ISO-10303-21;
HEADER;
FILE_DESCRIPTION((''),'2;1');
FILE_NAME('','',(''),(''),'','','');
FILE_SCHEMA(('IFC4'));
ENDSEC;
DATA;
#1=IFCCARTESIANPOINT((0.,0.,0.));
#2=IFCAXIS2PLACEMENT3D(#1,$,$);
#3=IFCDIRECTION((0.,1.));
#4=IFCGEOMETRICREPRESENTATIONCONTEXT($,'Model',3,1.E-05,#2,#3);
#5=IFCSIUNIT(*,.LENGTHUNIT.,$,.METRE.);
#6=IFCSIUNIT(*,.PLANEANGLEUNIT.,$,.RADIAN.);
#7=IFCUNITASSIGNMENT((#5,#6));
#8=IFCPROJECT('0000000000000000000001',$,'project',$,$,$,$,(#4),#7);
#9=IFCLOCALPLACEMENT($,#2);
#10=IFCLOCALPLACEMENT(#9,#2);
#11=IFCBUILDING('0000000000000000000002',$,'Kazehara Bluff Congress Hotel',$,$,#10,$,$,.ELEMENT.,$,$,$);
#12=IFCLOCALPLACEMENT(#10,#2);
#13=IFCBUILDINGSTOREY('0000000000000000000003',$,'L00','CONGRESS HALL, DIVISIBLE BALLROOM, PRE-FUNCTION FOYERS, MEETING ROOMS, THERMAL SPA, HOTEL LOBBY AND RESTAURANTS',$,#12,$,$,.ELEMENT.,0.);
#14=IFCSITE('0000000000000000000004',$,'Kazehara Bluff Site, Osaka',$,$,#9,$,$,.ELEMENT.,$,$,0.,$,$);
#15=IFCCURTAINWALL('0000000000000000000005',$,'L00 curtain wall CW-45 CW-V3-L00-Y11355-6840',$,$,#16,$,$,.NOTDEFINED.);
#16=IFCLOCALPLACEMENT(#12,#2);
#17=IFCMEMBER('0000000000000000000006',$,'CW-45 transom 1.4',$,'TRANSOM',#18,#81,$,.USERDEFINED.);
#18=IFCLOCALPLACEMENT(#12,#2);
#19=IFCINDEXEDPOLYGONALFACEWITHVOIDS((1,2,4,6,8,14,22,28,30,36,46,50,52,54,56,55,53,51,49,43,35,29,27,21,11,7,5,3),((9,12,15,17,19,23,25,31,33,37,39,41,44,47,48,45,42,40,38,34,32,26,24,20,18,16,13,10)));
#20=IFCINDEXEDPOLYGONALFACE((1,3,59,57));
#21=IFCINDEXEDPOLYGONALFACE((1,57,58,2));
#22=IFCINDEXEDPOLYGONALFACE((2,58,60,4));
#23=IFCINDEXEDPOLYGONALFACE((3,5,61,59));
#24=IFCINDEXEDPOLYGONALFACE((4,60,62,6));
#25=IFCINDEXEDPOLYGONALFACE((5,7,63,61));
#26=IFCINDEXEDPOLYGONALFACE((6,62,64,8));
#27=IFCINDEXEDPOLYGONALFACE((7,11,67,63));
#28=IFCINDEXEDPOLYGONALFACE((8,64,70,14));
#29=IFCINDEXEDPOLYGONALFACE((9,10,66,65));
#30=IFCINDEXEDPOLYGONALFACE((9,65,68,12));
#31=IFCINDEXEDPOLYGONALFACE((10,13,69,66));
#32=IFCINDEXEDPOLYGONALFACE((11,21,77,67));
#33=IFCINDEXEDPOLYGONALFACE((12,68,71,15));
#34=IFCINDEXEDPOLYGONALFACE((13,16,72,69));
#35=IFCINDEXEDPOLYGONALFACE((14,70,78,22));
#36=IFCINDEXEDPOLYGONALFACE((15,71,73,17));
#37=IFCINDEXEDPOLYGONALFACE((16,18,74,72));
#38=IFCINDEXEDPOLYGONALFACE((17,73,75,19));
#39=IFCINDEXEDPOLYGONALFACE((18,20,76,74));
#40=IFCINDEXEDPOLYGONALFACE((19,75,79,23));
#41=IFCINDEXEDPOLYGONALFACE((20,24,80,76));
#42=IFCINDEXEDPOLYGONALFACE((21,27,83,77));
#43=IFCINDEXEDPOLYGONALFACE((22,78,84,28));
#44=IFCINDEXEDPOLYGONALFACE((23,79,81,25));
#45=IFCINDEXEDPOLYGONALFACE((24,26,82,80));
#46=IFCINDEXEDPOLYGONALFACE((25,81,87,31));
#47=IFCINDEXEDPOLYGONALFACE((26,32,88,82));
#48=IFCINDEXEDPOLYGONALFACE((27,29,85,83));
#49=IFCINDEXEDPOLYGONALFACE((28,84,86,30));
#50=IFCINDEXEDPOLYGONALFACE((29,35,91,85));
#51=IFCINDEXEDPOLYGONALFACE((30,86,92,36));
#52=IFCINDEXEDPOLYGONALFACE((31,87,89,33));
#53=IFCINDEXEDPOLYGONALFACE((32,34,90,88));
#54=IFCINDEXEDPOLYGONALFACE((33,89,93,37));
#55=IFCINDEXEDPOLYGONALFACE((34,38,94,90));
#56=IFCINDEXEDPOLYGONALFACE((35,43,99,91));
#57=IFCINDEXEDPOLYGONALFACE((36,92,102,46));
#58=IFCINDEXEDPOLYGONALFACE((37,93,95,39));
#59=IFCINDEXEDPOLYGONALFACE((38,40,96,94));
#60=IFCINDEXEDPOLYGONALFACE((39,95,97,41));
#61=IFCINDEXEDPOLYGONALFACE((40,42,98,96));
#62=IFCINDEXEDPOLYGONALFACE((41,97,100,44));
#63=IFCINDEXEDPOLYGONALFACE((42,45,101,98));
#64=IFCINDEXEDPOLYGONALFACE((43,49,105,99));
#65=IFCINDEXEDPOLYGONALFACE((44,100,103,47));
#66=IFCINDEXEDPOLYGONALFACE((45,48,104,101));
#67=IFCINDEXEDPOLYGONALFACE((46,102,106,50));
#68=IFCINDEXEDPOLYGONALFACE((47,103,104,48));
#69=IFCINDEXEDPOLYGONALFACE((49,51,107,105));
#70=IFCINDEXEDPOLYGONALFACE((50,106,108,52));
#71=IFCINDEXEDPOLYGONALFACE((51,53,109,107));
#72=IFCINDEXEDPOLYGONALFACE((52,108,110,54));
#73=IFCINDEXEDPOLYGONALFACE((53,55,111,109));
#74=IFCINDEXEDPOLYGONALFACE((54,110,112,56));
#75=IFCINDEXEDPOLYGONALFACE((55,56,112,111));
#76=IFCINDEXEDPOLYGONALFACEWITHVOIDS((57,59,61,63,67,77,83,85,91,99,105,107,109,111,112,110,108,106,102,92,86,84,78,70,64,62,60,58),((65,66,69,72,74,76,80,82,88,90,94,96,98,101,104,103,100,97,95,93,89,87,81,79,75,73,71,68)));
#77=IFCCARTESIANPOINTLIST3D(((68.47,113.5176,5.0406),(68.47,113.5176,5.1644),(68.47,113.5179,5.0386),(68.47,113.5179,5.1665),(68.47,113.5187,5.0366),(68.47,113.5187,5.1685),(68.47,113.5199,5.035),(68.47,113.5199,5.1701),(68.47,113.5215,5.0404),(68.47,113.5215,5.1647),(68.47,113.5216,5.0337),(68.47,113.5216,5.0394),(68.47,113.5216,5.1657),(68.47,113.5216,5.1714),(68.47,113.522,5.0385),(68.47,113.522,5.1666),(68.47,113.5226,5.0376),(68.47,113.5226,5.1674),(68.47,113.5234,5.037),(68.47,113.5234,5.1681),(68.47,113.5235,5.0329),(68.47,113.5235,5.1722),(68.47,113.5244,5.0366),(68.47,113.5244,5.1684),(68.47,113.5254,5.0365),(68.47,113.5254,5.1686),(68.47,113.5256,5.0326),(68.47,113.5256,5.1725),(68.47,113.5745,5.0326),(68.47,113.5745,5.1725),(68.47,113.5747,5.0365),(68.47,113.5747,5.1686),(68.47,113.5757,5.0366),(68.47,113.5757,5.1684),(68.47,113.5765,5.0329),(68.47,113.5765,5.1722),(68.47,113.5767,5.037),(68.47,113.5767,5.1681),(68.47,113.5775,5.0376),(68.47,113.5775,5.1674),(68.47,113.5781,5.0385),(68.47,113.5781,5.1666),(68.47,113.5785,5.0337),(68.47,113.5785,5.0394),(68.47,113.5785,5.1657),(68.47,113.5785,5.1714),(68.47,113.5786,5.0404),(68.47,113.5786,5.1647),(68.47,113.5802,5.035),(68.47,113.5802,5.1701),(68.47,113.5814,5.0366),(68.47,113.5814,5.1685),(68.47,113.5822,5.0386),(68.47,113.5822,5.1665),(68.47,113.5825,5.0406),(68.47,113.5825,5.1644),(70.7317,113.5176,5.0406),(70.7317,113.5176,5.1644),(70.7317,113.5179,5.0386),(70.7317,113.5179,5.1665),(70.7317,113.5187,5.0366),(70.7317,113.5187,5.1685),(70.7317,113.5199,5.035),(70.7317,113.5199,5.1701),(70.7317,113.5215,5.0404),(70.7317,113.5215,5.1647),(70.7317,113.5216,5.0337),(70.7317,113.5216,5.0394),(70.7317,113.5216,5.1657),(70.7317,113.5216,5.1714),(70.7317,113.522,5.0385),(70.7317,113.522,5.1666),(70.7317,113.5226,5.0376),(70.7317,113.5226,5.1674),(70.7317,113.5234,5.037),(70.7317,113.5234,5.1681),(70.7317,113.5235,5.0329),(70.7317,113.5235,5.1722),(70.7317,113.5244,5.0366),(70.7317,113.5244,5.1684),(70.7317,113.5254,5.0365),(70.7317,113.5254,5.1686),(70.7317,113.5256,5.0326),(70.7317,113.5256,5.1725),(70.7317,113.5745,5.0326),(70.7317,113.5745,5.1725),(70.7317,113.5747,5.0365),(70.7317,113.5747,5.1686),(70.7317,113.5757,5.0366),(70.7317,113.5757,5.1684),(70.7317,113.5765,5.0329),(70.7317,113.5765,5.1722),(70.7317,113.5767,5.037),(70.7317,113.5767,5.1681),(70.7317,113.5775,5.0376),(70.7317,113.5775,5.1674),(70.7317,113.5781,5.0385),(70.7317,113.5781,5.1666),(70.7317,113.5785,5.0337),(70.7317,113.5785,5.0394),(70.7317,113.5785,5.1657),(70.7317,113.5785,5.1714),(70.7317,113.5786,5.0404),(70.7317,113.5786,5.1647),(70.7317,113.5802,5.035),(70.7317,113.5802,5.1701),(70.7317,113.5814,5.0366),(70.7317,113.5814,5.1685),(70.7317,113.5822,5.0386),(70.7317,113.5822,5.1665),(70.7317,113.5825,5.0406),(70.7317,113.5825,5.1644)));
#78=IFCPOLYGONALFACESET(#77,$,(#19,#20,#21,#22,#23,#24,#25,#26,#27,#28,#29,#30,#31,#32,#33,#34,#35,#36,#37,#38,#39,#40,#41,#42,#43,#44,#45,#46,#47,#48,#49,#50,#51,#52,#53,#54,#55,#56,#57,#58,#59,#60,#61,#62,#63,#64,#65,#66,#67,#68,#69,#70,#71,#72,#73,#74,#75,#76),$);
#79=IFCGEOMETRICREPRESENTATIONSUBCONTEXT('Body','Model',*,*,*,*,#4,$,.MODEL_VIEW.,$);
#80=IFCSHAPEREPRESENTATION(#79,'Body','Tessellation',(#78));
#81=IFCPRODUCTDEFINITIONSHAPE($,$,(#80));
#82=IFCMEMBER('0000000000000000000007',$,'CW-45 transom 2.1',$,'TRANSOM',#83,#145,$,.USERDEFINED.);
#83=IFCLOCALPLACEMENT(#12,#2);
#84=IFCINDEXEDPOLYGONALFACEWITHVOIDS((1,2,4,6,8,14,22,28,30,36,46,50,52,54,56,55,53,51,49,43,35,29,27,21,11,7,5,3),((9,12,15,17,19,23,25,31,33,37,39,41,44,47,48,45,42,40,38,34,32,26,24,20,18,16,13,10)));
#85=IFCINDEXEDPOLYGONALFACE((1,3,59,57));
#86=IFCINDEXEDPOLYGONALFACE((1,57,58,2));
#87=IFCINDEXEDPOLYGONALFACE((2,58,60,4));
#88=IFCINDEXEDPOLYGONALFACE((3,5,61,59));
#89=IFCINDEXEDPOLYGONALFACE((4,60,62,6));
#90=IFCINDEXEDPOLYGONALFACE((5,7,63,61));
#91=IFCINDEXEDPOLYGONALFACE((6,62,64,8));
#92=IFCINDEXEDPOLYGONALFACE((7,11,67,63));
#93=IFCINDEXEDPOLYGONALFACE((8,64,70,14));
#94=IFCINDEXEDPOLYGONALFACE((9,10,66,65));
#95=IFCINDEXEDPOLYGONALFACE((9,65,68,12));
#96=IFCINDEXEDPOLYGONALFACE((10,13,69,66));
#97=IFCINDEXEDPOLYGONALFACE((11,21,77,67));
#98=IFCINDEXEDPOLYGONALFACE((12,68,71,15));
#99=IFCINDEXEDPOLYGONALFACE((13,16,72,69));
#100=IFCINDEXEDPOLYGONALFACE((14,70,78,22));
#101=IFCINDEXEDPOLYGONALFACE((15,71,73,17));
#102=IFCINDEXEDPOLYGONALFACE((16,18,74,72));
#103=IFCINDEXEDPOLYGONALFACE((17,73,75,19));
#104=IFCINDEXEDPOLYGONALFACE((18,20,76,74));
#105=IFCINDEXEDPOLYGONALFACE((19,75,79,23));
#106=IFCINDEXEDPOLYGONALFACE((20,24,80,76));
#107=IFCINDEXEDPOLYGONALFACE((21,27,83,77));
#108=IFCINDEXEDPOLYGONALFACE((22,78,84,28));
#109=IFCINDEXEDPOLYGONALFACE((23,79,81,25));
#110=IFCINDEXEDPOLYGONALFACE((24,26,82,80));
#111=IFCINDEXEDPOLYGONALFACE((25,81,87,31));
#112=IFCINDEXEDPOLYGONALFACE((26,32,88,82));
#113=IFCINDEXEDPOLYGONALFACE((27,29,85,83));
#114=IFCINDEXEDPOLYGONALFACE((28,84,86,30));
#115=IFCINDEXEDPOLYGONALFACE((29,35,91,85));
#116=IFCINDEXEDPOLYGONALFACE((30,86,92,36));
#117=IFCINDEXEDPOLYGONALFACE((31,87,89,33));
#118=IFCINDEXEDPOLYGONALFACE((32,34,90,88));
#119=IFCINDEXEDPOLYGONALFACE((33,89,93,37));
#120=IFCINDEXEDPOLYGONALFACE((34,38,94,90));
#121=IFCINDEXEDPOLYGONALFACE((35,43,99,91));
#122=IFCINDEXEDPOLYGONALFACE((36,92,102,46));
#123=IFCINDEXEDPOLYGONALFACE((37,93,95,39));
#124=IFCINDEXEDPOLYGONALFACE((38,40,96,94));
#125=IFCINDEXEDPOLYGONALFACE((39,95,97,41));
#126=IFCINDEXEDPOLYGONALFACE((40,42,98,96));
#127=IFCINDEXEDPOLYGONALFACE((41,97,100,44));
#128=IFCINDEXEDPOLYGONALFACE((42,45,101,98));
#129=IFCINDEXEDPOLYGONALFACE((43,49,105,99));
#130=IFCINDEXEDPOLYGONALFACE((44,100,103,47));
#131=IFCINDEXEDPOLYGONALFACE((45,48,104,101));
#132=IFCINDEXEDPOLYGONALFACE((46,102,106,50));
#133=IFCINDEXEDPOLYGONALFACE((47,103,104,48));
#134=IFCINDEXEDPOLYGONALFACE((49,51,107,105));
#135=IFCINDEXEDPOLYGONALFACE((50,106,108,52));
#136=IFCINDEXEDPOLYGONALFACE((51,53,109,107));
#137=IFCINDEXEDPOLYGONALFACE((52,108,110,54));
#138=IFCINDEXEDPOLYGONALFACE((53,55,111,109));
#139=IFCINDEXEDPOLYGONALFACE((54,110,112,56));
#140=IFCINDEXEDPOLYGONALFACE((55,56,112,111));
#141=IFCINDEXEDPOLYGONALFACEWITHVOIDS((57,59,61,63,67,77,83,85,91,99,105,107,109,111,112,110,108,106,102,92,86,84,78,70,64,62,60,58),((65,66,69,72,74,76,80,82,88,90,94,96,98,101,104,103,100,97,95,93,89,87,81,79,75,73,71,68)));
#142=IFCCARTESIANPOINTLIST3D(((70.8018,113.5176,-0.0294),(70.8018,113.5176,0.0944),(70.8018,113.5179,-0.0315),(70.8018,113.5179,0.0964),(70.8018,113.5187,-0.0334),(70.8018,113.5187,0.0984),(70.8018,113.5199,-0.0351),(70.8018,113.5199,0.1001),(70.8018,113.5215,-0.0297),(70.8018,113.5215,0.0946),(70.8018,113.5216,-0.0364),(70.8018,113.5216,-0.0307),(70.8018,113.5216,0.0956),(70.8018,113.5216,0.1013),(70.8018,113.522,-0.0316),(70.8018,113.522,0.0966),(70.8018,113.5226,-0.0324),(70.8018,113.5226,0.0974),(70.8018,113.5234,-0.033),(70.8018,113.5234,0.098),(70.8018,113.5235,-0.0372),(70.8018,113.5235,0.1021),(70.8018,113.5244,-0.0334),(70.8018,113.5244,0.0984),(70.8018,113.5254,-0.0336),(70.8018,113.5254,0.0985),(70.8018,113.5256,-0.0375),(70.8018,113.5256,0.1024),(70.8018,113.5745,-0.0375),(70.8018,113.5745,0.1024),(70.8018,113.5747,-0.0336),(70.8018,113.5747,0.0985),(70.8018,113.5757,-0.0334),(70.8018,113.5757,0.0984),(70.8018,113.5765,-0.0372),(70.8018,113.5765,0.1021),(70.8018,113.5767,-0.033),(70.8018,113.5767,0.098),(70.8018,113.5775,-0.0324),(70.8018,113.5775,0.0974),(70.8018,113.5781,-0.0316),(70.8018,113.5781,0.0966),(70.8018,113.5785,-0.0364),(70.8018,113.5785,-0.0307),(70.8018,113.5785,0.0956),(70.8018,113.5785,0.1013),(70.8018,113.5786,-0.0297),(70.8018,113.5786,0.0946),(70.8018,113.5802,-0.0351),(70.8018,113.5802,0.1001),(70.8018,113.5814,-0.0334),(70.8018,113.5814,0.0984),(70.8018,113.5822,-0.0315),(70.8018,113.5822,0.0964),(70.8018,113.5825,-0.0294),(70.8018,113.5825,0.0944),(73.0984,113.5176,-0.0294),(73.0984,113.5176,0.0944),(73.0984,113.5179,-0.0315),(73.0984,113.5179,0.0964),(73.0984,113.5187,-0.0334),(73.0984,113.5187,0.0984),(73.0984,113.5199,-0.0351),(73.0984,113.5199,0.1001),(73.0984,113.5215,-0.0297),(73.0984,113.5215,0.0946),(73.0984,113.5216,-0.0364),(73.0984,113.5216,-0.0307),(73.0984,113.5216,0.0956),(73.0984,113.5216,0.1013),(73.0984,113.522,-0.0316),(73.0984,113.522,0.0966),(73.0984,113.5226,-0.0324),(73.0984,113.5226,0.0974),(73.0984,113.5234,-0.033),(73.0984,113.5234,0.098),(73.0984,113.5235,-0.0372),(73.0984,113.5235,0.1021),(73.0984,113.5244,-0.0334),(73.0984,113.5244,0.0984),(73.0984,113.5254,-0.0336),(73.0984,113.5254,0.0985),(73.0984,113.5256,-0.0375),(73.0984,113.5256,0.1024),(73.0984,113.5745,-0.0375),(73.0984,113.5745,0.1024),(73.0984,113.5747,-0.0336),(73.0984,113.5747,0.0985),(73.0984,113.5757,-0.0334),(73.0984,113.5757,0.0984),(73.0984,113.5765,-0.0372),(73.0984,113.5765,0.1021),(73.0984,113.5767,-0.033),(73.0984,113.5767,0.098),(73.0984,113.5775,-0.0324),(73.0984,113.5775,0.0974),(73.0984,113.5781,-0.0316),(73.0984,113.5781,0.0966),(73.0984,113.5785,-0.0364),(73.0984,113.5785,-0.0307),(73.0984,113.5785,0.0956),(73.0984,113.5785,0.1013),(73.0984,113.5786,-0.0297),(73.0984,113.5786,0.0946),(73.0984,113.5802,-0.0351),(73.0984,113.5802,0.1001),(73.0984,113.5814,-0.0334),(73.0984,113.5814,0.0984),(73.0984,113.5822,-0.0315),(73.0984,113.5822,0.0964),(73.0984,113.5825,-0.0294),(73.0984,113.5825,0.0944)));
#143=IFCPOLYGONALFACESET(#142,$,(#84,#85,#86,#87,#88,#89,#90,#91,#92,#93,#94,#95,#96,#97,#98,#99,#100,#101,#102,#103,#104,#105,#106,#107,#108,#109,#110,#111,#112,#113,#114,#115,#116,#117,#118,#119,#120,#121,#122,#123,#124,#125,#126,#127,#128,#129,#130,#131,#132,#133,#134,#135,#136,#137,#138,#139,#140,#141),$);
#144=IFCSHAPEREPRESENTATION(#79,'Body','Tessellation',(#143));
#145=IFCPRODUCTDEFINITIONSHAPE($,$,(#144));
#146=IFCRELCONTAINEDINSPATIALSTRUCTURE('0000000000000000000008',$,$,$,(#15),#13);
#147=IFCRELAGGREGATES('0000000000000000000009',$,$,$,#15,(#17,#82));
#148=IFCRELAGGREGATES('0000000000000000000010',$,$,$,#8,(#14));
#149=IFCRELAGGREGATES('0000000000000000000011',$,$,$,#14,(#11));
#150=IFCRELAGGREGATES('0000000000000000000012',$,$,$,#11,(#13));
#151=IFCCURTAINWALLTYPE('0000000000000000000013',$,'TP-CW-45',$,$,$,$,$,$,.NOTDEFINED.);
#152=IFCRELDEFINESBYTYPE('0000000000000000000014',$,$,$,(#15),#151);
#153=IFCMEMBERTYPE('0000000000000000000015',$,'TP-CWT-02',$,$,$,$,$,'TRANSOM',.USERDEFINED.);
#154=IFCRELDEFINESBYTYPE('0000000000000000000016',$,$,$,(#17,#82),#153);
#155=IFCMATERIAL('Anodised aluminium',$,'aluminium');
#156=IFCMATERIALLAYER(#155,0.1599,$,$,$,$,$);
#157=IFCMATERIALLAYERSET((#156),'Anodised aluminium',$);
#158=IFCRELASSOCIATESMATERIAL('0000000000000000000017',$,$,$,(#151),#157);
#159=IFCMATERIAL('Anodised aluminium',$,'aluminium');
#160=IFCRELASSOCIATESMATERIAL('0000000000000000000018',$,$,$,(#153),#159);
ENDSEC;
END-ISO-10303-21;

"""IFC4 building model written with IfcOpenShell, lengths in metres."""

from ifc_helpers import new_model, si_unit, direction, frame, origin, origin_2d, place, context, subcontext, project, spatial, hollow_rectangle, extrude, material, layer, layer_set, material_profile, profile_set, type_object, element, aggregate, save


model = new_model("IFC4")

# Units and contexts
model_context = context("Model", 3, precision=1e-05, world=origin(), true_north=direction((0.0, 1.0)))
body_context = subcontext(model_context, "Body", "Model", "MODEL_VIEW")
ifc_project = project(units=[si_unit("LENGTHUNIT", "METRE"), si_unit("PLANEANGLEUNIT", "RADIAN")], contexts=[model_context])

# Site, building, storey
site_placement = place(None, origin())
site = spatial("IfcSite", under=ifc_project, at=site_placement, Name="Kazehara Bluff Site, Osaka", CompositionType="ELEMENT", RefElevation=0.0)
building_placement = place(site_placement, origin())
building = spatial("IfcBuilding", under=site, at=building_placement, Name="Kazehara Bluff Congress Hotel", CompositionType="ELEMENT")
storey_placement = place(building_placement, origin())
storey = spatial("IfcBuildingStorey", under=building, at=storey_placement, Name="L00", Description="CONGRESS HALL, DIVISIBLE BALLROOM, PRE-FUNCTION FOYERS, MEETING ROOMS, THERMAL SPA, HOTEL LOBBY AND RESTAURANTS", CompositionType="ELEMENT", Elevation=0.0)

# Curtain wall, members
ifc_material_1 = material(Name="Anodised aluminium", Category="aluminium")
ifc_layer_1 = layer(ifc_material_1, 0.1599)
ifc_layer_set_1 = layer_set([ifc_layer_1], Name="Anodised aluminium")
curtain_wall_type = type_object("IfcCurtainWallType", Name="TP-CW-45", PredefinedType="NOTDEFINED", material=ifc_layer_set_1)
curtain_wall_placement = place(storey_placement, origin())
curtain_wall = element("IfcCurtainWall", 1, at=curtain_wall_placement, inside=storey, type_object=curtain_wall_type, Name="L00 curtain wall CW-45 CW-V3-L00-Y11355-6840", PredefinedType="NOTDEFINED")
ifc_material_2 = material(Name="Anodised aluminium", Category="aluminium")
ifc_material_profile_1 = material_profile(ifc_material_2, hollow_rectangle(XDim=0.0649, YDim=0.1399, WallThickness=0.0039, InnerFilletRadius=0.0039, OuterFilletRadius=0.0081, at=origin_2d()))
ifc_profile_set_1 = profile_set([ifc_material_profile_1], Name="Anodised aluminium")
member_type_1 = type_object("IfcMemberType", Name="TP-CWT-02", ElementType="TRANSOM", PredefinedType="USERDEFINED", material=ifc_profile_set_1)
member_1_placement = place(storey_placement, frame((68.47, 113.55, 5.1025), z_axis=(1.0, 0.0, 0.0), x_axis=(0.0, 1.0, 0.0)))
member_1 = element("IfcMember", 2, at=member_1_placement, type_object=member_type_1, Name="CW-45 transom 1.4", ObjectType="TRANSOM", PredefinedType="USERDEFINED", context=body_context, shape_type="SweptSolid", body=[
    extrude(hollow_rectangle(XDim=0.0649, YDim=0.1399, WallThickness=0.0039, InnerFilletRadius=0.0039, OuterFilletRadius=0.0081, at=origin_2d()), origin(), (0.0, 0.0, 1.0), 2.2617),
])
member_2_placement = place(storey_placement, frame((70.8018, 113.55, 0.0325), z_axis=(1.0, 0.0, 0.0), x_axis=(0.0, 1.0, 0.0)))
member_2 = element("IfcMember", 3, at=member_2_placement, type_object=member_type_1, Name="CW-45 transom 2.1", ObjectType="TRANSOM", PredefinedType="USERDEFINED", context=body_context, shape_type="SweptSolid", body=[
    extrude(hollow_rectangle(XDim=0.0649, YDim=0.1399, WallThickness=0.0039, InnerFilletRadius=0.0039, OuterFilletRadius=0.0081, at=origin_2d()), origin(), (0.0, 0.0, 1.0), 2.2966),
])

aggregate(curtain_wall, [member_1, member_2])

save(model, "model.ifc")
